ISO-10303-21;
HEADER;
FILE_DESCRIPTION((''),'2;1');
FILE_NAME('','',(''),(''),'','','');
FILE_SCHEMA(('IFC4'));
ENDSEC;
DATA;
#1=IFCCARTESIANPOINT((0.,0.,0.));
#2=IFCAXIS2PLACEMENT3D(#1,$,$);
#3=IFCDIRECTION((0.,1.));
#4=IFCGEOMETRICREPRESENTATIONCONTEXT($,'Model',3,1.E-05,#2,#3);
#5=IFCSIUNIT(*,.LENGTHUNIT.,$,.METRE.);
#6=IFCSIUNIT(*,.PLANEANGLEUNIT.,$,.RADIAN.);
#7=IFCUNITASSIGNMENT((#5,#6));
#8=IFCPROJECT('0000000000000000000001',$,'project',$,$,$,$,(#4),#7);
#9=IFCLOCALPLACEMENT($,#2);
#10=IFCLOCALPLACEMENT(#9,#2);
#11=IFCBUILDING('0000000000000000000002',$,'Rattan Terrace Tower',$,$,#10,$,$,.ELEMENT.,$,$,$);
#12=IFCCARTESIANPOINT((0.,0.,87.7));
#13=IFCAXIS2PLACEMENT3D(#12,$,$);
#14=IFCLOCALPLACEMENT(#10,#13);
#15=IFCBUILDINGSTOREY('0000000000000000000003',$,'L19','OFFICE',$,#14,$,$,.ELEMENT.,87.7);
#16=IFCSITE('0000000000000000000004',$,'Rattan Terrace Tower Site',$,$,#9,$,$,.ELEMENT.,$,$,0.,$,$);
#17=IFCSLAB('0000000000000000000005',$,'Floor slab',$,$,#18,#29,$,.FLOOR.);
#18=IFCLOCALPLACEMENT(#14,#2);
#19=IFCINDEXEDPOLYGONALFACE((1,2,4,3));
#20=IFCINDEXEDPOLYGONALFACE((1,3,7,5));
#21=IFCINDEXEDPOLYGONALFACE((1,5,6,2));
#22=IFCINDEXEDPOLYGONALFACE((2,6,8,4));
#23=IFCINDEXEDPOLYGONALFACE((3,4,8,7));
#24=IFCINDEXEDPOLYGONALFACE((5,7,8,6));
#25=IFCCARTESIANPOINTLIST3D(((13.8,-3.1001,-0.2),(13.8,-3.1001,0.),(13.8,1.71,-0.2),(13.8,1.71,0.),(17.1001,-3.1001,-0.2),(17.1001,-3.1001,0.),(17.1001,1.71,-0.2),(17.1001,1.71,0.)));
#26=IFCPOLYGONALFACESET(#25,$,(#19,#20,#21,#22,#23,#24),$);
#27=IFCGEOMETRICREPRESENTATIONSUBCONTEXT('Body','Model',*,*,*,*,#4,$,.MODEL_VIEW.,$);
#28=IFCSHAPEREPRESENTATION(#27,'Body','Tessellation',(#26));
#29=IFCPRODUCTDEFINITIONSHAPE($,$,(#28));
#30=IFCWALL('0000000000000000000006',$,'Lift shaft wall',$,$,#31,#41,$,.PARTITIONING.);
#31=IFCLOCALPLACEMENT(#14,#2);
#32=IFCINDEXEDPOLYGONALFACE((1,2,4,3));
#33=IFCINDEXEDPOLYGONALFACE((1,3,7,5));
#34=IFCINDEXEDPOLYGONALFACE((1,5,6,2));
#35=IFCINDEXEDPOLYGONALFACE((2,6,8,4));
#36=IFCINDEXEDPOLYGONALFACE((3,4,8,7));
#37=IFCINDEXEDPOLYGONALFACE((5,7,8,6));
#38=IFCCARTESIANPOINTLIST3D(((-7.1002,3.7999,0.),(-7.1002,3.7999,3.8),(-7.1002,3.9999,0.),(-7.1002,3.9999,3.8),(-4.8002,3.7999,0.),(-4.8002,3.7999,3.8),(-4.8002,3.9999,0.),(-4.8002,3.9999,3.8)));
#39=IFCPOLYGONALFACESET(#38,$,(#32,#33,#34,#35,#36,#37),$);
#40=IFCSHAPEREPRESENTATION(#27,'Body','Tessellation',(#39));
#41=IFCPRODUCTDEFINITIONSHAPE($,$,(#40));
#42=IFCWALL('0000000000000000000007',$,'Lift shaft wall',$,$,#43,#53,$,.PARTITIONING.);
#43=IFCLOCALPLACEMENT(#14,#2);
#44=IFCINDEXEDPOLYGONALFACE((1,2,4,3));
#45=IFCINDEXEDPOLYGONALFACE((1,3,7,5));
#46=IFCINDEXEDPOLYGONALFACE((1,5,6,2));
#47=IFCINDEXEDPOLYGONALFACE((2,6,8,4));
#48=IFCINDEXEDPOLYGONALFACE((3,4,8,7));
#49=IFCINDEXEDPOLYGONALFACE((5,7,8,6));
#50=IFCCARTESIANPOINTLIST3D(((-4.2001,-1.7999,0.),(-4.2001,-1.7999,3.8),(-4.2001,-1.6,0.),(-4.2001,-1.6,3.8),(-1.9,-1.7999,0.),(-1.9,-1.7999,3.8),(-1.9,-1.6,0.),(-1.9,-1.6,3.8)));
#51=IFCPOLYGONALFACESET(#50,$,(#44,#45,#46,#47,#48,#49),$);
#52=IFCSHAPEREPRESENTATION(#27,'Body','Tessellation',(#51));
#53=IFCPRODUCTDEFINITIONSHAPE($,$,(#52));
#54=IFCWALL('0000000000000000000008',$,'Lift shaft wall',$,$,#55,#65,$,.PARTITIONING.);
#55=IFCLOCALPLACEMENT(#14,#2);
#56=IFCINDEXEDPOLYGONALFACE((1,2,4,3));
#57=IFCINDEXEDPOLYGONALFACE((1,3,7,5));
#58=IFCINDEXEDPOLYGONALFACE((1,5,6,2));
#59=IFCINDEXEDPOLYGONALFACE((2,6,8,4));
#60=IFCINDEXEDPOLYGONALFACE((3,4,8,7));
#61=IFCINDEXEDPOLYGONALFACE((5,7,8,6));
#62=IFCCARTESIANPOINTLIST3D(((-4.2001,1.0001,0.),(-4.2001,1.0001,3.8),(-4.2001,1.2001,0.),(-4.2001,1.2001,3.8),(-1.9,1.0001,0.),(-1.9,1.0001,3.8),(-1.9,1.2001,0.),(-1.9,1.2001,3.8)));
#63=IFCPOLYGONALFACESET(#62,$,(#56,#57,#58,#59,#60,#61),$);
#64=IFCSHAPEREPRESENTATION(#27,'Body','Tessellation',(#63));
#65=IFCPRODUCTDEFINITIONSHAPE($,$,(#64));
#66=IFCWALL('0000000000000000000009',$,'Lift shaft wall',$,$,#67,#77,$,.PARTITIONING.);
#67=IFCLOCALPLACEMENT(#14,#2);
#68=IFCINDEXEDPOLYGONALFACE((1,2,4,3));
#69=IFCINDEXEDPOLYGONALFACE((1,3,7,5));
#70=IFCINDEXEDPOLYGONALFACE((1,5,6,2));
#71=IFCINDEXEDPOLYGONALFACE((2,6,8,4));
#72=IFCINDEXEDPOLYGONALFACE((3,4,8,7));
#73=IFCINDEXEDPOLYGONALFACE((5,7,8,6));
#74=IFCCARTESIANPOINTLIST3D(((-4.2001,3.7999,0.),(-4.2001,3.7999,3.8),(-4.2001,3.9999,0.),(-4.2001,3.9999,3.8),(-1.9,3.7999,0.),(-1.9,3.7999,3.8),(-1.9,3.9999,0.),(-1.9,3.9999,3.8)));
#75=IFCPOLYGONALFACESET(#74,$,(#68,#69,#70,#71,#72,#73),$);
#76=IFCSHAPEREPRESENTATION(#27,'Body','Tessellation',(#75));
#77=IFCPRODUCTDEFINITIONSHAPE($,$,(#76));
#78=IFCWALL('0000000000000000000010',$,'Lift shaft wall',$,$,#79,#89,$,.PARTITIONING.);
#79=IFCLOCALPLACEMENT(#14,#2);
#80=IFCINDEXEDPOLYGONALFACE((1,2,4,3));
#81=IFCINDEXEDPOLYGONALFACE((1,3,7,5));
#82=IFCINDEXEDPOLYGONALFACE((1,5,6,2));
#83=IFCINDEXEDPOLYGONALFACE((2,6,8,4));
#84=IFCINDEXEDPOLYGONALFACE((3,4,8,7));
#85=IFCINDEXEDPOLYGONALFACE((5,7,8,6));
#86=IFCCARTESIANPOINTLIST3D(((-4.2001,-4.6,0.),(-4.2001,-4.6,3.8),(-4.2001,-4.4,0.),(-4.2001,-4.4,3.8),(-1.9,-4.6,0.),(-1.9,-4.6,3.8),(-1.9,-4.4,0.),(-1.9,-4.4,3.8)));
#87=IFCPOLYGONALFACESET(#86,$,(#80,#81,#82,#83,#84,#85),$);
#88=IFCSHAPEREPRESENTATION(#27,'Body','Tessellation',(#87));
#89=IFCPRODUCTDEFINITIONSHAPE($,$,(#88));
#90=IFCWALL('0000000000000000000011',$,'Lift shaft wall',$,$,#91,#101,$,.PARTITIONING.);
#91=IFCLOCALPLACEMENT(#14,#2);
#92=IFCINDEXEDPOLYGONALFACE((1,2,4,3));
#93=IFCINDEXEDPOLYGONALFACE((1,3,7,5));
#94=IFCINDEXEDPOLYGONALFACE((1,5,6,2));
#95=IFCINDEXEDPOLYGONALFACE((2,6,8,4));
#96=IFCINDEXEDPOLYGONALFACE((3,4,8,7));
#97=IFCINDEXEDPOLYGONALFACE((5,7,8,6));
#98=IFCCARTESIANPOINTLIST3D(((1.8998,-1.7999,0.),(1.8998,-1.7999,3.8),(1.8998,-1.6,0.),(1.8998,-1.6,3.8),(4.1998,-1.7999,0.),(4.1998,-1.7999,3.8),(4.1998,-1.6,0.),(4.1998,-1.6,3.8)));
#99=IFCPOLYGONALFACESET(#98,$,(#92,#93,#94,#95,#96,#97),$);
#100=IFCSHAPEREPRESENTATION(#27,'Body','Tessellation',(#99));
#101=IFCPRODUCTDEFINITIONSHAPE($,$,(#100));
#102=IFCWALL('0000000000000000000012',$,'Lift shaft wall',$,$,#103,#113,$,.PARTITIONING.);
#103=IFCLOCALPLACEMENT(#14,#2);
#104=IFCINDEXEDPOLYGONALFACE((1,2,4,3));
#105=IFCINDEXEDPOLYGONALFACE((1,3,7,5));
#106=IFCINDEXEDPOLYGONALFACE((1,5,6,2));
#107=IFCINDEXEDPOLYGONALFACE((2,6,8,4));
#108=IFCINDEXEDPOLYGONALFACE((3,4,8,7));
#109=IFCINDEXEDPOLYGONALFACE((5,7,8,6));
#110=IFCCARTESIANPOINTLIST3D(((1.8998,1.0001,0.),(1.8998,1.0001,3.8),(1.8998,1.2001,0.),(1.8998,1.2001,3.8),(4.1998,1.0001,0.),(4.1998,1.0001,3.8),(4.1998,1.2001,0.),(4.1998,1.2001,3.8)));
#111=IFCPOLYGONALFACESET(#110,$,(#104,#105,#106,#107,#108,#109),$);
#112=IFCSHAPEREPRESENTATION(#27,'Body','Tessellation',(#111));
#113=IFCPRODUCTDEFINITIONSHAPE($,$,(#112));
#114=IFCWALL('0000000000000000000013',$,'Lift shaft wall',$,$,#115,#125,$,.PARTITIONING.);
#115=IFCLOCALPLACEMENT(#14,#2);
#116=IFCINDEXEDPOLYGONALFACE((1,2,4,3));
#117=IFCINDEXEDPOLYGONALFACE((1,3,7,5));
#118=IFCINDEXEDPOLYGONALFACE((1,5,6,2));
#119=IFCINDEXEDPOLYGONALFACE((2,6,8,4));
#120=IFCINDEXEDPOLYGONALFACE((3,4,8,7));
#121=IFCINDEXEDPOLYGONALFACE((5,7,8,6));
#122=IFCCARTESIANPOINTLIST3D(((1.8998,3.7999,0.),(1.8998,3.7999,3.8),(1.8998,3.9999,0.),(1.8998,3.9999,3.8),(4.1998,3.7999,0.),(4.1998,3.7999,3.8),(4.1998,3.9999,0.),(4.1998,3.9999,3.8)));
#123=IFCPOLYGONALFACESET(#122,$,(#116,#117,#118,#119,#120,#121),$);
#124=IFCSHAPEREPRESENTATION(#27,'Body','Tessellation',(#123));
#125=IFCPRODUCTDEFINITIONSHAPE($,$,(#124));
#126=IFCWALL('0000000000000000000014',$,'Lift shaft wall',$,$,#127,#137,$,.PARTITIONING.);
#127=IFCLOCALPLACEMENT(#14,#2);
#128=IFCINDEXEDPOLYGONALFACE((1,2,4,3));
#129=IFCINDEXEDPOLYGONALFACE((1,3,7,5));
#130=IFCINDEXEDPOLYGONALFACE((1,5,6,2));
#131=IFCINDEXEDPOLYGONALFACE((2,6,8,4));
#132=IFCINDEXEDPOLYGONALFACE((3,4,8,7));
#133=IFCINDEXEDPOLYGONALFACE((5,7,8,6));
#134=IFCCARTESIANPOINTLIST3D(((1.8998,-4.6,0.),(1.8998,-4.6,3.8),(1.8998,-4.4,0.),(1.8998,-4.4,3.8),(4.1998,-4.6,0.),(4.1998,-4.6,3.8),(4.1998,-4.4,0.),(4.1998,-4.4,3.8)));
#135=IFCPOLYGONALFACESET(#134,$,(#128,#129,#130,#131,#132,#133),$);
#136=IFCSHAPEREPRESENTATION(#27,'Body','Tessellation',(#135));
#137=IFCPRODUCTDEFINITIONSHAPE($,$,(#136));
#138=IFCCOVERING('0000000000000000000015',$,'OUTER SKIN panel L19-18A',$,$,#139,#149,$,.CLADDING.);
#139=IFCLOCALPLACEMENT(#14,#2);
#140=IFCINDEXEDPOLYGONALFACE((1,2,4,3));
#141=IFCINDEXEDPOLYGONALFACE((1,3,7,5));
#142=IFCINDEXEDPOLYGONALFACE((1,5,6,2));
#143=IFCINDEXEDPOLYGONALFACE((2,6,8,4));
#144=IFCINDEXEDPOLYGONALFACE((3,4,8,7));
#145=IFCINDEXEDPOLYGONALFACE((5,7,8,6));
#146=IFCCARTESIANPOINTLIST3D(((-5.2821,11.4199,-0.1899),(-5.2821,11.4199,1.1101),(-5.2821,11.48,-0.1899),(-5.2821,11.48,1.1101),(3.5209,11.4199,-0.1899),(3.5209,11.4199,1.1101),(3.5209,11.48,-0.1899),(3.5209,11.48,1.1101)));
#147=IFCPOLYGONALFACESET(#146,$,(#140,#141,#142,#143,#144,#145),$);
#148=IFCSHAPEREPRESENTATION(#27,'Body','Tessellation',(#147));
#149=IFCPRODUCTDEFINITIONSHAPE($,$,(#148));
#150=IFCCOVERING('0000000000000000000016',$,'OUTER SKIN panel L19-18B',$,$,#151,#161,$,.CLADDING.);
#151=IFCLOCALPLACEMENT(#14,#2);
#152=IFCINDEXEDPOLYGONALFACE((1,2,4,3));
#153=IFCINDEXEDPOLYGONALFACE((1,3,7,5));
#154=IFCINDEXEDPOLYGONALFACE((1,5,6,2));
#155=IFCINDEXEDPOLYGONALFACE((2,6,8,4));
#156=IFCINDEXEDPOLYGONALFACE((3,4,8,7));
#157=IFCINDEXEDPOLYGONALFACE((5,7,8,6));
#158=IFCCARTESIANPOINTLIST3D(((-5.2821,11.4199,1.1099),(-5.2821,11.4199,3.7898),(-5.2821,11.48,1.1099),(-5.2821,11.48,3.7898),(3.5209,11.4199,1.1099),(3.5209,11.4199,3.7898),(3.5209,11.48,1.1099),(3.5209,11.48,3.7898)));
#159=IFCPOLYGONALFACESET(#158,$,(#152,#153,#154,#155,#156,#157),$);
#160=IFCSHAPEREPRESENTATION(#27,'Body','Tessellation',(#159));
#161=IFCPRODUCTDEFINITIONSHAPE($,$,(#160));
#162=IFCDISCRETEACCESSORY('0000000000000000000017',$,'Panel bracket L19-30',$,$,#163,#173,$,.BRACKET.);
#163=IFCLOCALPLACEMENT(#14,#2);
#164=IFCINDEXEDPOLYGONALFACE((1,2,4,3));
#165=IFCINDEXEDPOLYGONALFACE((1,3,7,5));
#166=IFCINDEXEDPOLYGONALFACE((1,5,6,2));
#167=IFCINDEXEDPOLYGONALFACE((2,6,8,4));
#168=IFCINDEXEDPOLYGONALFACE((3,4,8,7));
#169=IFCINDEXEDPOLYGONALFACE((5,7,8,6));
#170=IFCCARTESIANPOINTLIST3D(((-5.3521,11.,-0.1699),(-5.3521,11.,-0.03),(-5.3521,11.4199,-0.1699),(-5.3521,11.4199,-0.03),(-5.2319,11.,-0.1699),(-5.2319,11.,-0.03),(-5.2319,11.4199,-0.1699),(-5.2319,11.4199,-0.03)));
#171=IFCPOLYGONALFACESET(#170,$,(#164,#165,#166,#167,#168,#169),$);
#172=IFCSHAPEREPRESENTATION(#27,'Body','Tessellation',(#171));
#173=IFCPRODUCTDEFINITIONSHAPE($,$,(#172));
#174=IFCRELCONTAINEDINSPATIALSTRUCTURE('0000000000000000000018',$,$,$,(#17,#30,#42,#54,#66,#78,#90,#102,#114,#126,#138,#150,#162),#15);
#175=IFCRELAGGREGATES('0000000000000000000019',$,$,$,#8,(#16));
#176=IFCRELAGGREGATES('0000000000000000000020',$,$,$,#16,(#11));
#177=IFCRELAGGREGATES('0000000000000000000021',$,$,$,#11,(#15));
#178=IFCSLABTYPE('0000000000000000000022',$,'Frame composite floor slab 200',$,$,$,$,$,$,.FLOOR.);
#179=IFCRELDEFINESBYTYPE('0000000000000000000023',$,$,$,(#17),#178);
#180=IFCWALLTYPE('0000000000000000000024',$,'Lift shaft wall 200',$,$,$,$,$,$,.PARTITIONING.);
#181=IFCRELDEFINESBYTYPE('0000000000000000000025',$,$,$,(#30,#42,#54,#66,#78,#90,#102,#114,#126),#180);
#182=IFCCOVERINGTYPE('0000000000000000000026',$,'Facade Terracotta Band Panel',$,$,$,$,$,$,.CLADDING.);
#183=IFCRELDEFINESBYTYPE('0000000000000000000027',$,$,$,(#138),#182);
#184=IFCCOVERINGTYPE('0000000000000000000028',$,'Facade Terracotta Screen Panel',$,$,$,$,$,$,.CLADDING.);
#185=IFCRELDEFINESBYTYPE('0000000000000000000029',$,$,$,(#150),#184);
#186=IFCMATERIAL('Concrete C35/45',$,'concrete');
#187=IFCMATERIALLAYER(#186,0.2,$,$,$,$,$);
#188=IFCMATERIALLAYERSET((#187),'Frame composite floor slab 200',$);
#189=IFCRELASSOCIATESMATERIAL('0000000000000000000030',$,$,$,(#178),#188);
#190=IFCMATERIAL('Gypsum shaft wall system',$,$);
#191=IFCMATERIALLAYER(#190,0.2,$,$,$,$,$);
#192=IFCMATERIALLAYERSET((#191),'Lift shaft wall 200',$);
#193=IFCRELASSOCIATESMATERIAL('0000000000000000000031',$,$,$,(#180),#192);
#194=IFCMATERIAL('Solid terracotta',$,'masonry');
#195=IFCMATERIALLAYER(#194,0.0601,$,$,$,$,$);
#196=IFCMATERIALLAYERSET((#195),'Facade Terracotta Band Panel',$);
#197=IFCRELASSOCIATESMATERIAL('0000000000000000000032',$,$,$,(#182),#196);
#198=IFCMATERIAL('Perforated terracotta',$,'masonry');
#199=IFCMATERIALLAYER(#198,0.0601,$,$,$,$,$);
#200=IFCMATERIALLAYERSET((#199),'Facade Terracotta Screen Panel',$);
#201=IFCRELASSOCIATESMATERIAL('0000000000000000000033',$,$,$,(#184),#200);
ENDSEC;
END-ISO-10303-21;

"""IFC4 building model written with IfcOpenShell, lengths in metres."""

from ifc_helpers import new_model, si_unit, direction, frame, frame_2d, origin, origin_2d, place, context, subcontext, project, spatial, polyline, rectangle, outline, extrude, material, layer, layer_set, type_object, element, save


model = new_model("IFC4")

# Units and contexts
model_context = context("Model", 3, precision=1e-05, world=origin(), true_north=direction((0.0, 1.0)))
body_context = subcontext(model_context, "Body", "Model", "MODEL_VIEW")
ifc_project = project(units=[si_unit("LENGTHUNIT", "METRE"), si_unit("PLANEANGLEUNIT", "RADIAN")], contexts=[model_context])

# Site, building, storey
site_placement = place(None, origin())
site = spatial("IfcSite", under=ifc_project, at=site_placement, Name="Rattan Terrace Tower Site", CompositionType="ELEMENT", RefElevation=0.0)
building_placement = place(site_placement, origin())
building = spatial("IfcBuilding", under=site, at=building_placement, Name="Rattan Terrace Tower", CompositionType="ELEMENT")
storey_placement = place(building_placement, frame((0.0, 0.0, 87.7)))
storey = spatial("IfcBuildingStorey", under=building, at=storey_placement, Name="L19", Description="OFFICE", CompositionType="ELEMENT", Elevation=87.7)

# Slab
ifc_material_1 = material(Name="Concrete C35/45", Category="concrete")
ifc_layer_1 = layer(ifc_material_1, 0.2)
ifc_layer_set_1 = layer_set([ifc_layer_1], Name="Frame composite floor slab 200")
slab_type_1 = type_object("IfcSlabType", Name="Frame composite floor slab 200", PredefinedType="FLOOR", material=ifc_layer_set_1)
slab_1_placement = place(storey_placement, frame((0.0, 0.0, -0.2)))
element("IfcSlab", 1, at=slab_1_placement, inside=storey, type_object=slab_type_1, Name="Floor slab", PredefinedType="FLOOR", context=body_context, shape_type="SweptSolid", body=[
    extrude(outline(polyline([(13.8, -3.1001), (17.1001, -3.1001), (17.1001, 1.71), (13.8, 1.71), (13.8, -3.1001)])), origin(), (0.0, 0.0, 1.0), 0.2),
])

# Walls
ifc_material_2 = material(Name="Gypsum shaft wall system")
ifc_layer_2 = layer(ifc_material_2, 0.2)
ifc_layer_set_2 = layer_set([ifc_layer_2], Name="Lift shaft wall 200")
wall_type = type_object("IfcWallType", Name="Lift shaft wall 200", PredefinedType="PARTITIONING", material=ifc_layer_set_2)
for number, where, z_axis, x_axis, name in (
    (2, (-7.1001, 3.8999, 0.0), (0.0, 0.0, 1.0), (1.0, 0.0, 0.0), "Lift shaft wall"),
    (3, (-4.2, -1.7, 0.0), (0.0, 0.0, 1.0), (1.0, 0.0, 0.0), "Lift shaft wall"),
    (4, (-4.2, 1.1001, 0.0), (0.0, 0.0, 1.0), (1.0, 0.0, 0.0), "Lift shaft wall"),
    (5, (-4.2, 3.8999, 0.0), (0.0, 0.0, 1.0), (1.0, 0.0, 0.0), "Lift shaft wall"),
    (6, (-4.2, -4.5, 0.0), (0.0, 0.0, 1.0), (1.0, 0.0, 0.0), "Lift shaft wall"),
    (7, (1.8999, -1.7, 0.0), (0.0, 0.0, 1.0), (1.0, 0.0, 0.0), "Lift shaft wall"),
    (8, (1.8999, 1.1001, 0.0), (0.0, 0.0, 1.0), (1.0, 0.0, 0.0), "Lift shaft wall"),
    (9, (1.8999, 3.8999, 0.0), (0.0, 0.0, 1.0), (1.0, 0.0, 0.0), "Lift shaft wall"),
    (10, (1.8999, -4.5, 0.0), (0.0, 0.0, 1.0), (1.0, 0.0, 0.0), "Lift shaft wall"),
):
    element("IfcWall", number, at=place(storey_placement, frame(where, z_axis=z_axis, x_axis=x_axis)), inside=storey, type_object=wall_type, Name=name, PredefinedType="PARTITIONING", context=body_context, shape_type="SweptSolid", body=[
        extrude(rectangle(XDim=2.3, YDim=0.2, at=frame_2d((1.1499, 0.0))), origin(), (0.0, 0.0, 1.0), 3.8),
    ])

# Coverings
ifc_material_3 = material(Name="Solid terracotta", Category="masonry")
ifc_layer_3 = layer(ifc_material_3, 0.0601)
ifc_layer_set_3 = layer_set([ifc_layer_3], Name="Facade Terracotta Band Panel")
covering_type_1 = type_object("IfcCoveringType", Name="Facade Terracotta Band Panel", PredefinedType="CLADDING", material=ifc_layer_set_3)
covering_1_placement = place(storey_placement, frame((-0.8806, 11.45, -0.1899), z_axis=(0.0, 0.0, 1.0), x_axis=(-1.0, 0.0, 0.0)))
element("IfcCovering", 11, at=covering_1_placement, inside=storey, type_object=covering_type_1, Name="OUTER SKIN panel L19-18A", PredefinedType="CLADDING", context=body_context, shape_type="SweptSolid", body=[
    extrude(rectangle(XDim=8.803, YDim=0.0601, at=origin_2d()), origin(), (0.0, 0.0, 1.0), 1.3),
])
ifc_material_4 = material(Name="Perforated terracotta", Category="masonry")
ifc_layer_4 = layer(ifc_material_4, 0.0601)
ifc_layer_set_4 = layer_set([ifc_layer_4], Name="Facade Terracotta Screen Panel")
covering_type_2 = type_object("IfcCoveringType", Name="Facade Terracotta Screen Panel", PredefinedType="CLADDING", material=ifc_layer_set_4)
covering_2_placement = place(storey_placement, frame((-0.8806, 11.45, 1.1099), z_axis=(0.0, 0.0, 1.0), x_axis=(-1.0, 0.0, 0.0)))
element("IfcCovering", 12, at=covering_2_placement, inside=storey, type_object=covering_type_2, Name="OUTER SKIN panel L19-18B", PredefinedType="CLADDING", context=body_context, shape_type="SweptSolid", body=[
    extrude(rectangle(XDim=8.803, YDim=0.0601, at=origin_2d()), origin(), (0.0, 0.0, 1.0), 2.6799),
])

# Discrete accessory
discrete_accessory_placement = place(storey_placement, frame((-5.292, 11.21, -0.1699), z_axis=(0.0, 0.0, 1.0), x_axis=(-1.0, 0.0, 0.0)))
element("IfcDiscreteAccessory", 13, at=discrete_accessory_placement, inside=storey, Name="Panel bracket L19-30", PredefinedType="BRACKET", context=body_context, shape_type="SweptSolid", body=[
    extrude(rectangle(XDim=0.1201, YDim=0.4199, at=origin_2d()), origin(), (0.0, 0.0, 1.0), 0.1399),
])

save(model, "model.ifc")
